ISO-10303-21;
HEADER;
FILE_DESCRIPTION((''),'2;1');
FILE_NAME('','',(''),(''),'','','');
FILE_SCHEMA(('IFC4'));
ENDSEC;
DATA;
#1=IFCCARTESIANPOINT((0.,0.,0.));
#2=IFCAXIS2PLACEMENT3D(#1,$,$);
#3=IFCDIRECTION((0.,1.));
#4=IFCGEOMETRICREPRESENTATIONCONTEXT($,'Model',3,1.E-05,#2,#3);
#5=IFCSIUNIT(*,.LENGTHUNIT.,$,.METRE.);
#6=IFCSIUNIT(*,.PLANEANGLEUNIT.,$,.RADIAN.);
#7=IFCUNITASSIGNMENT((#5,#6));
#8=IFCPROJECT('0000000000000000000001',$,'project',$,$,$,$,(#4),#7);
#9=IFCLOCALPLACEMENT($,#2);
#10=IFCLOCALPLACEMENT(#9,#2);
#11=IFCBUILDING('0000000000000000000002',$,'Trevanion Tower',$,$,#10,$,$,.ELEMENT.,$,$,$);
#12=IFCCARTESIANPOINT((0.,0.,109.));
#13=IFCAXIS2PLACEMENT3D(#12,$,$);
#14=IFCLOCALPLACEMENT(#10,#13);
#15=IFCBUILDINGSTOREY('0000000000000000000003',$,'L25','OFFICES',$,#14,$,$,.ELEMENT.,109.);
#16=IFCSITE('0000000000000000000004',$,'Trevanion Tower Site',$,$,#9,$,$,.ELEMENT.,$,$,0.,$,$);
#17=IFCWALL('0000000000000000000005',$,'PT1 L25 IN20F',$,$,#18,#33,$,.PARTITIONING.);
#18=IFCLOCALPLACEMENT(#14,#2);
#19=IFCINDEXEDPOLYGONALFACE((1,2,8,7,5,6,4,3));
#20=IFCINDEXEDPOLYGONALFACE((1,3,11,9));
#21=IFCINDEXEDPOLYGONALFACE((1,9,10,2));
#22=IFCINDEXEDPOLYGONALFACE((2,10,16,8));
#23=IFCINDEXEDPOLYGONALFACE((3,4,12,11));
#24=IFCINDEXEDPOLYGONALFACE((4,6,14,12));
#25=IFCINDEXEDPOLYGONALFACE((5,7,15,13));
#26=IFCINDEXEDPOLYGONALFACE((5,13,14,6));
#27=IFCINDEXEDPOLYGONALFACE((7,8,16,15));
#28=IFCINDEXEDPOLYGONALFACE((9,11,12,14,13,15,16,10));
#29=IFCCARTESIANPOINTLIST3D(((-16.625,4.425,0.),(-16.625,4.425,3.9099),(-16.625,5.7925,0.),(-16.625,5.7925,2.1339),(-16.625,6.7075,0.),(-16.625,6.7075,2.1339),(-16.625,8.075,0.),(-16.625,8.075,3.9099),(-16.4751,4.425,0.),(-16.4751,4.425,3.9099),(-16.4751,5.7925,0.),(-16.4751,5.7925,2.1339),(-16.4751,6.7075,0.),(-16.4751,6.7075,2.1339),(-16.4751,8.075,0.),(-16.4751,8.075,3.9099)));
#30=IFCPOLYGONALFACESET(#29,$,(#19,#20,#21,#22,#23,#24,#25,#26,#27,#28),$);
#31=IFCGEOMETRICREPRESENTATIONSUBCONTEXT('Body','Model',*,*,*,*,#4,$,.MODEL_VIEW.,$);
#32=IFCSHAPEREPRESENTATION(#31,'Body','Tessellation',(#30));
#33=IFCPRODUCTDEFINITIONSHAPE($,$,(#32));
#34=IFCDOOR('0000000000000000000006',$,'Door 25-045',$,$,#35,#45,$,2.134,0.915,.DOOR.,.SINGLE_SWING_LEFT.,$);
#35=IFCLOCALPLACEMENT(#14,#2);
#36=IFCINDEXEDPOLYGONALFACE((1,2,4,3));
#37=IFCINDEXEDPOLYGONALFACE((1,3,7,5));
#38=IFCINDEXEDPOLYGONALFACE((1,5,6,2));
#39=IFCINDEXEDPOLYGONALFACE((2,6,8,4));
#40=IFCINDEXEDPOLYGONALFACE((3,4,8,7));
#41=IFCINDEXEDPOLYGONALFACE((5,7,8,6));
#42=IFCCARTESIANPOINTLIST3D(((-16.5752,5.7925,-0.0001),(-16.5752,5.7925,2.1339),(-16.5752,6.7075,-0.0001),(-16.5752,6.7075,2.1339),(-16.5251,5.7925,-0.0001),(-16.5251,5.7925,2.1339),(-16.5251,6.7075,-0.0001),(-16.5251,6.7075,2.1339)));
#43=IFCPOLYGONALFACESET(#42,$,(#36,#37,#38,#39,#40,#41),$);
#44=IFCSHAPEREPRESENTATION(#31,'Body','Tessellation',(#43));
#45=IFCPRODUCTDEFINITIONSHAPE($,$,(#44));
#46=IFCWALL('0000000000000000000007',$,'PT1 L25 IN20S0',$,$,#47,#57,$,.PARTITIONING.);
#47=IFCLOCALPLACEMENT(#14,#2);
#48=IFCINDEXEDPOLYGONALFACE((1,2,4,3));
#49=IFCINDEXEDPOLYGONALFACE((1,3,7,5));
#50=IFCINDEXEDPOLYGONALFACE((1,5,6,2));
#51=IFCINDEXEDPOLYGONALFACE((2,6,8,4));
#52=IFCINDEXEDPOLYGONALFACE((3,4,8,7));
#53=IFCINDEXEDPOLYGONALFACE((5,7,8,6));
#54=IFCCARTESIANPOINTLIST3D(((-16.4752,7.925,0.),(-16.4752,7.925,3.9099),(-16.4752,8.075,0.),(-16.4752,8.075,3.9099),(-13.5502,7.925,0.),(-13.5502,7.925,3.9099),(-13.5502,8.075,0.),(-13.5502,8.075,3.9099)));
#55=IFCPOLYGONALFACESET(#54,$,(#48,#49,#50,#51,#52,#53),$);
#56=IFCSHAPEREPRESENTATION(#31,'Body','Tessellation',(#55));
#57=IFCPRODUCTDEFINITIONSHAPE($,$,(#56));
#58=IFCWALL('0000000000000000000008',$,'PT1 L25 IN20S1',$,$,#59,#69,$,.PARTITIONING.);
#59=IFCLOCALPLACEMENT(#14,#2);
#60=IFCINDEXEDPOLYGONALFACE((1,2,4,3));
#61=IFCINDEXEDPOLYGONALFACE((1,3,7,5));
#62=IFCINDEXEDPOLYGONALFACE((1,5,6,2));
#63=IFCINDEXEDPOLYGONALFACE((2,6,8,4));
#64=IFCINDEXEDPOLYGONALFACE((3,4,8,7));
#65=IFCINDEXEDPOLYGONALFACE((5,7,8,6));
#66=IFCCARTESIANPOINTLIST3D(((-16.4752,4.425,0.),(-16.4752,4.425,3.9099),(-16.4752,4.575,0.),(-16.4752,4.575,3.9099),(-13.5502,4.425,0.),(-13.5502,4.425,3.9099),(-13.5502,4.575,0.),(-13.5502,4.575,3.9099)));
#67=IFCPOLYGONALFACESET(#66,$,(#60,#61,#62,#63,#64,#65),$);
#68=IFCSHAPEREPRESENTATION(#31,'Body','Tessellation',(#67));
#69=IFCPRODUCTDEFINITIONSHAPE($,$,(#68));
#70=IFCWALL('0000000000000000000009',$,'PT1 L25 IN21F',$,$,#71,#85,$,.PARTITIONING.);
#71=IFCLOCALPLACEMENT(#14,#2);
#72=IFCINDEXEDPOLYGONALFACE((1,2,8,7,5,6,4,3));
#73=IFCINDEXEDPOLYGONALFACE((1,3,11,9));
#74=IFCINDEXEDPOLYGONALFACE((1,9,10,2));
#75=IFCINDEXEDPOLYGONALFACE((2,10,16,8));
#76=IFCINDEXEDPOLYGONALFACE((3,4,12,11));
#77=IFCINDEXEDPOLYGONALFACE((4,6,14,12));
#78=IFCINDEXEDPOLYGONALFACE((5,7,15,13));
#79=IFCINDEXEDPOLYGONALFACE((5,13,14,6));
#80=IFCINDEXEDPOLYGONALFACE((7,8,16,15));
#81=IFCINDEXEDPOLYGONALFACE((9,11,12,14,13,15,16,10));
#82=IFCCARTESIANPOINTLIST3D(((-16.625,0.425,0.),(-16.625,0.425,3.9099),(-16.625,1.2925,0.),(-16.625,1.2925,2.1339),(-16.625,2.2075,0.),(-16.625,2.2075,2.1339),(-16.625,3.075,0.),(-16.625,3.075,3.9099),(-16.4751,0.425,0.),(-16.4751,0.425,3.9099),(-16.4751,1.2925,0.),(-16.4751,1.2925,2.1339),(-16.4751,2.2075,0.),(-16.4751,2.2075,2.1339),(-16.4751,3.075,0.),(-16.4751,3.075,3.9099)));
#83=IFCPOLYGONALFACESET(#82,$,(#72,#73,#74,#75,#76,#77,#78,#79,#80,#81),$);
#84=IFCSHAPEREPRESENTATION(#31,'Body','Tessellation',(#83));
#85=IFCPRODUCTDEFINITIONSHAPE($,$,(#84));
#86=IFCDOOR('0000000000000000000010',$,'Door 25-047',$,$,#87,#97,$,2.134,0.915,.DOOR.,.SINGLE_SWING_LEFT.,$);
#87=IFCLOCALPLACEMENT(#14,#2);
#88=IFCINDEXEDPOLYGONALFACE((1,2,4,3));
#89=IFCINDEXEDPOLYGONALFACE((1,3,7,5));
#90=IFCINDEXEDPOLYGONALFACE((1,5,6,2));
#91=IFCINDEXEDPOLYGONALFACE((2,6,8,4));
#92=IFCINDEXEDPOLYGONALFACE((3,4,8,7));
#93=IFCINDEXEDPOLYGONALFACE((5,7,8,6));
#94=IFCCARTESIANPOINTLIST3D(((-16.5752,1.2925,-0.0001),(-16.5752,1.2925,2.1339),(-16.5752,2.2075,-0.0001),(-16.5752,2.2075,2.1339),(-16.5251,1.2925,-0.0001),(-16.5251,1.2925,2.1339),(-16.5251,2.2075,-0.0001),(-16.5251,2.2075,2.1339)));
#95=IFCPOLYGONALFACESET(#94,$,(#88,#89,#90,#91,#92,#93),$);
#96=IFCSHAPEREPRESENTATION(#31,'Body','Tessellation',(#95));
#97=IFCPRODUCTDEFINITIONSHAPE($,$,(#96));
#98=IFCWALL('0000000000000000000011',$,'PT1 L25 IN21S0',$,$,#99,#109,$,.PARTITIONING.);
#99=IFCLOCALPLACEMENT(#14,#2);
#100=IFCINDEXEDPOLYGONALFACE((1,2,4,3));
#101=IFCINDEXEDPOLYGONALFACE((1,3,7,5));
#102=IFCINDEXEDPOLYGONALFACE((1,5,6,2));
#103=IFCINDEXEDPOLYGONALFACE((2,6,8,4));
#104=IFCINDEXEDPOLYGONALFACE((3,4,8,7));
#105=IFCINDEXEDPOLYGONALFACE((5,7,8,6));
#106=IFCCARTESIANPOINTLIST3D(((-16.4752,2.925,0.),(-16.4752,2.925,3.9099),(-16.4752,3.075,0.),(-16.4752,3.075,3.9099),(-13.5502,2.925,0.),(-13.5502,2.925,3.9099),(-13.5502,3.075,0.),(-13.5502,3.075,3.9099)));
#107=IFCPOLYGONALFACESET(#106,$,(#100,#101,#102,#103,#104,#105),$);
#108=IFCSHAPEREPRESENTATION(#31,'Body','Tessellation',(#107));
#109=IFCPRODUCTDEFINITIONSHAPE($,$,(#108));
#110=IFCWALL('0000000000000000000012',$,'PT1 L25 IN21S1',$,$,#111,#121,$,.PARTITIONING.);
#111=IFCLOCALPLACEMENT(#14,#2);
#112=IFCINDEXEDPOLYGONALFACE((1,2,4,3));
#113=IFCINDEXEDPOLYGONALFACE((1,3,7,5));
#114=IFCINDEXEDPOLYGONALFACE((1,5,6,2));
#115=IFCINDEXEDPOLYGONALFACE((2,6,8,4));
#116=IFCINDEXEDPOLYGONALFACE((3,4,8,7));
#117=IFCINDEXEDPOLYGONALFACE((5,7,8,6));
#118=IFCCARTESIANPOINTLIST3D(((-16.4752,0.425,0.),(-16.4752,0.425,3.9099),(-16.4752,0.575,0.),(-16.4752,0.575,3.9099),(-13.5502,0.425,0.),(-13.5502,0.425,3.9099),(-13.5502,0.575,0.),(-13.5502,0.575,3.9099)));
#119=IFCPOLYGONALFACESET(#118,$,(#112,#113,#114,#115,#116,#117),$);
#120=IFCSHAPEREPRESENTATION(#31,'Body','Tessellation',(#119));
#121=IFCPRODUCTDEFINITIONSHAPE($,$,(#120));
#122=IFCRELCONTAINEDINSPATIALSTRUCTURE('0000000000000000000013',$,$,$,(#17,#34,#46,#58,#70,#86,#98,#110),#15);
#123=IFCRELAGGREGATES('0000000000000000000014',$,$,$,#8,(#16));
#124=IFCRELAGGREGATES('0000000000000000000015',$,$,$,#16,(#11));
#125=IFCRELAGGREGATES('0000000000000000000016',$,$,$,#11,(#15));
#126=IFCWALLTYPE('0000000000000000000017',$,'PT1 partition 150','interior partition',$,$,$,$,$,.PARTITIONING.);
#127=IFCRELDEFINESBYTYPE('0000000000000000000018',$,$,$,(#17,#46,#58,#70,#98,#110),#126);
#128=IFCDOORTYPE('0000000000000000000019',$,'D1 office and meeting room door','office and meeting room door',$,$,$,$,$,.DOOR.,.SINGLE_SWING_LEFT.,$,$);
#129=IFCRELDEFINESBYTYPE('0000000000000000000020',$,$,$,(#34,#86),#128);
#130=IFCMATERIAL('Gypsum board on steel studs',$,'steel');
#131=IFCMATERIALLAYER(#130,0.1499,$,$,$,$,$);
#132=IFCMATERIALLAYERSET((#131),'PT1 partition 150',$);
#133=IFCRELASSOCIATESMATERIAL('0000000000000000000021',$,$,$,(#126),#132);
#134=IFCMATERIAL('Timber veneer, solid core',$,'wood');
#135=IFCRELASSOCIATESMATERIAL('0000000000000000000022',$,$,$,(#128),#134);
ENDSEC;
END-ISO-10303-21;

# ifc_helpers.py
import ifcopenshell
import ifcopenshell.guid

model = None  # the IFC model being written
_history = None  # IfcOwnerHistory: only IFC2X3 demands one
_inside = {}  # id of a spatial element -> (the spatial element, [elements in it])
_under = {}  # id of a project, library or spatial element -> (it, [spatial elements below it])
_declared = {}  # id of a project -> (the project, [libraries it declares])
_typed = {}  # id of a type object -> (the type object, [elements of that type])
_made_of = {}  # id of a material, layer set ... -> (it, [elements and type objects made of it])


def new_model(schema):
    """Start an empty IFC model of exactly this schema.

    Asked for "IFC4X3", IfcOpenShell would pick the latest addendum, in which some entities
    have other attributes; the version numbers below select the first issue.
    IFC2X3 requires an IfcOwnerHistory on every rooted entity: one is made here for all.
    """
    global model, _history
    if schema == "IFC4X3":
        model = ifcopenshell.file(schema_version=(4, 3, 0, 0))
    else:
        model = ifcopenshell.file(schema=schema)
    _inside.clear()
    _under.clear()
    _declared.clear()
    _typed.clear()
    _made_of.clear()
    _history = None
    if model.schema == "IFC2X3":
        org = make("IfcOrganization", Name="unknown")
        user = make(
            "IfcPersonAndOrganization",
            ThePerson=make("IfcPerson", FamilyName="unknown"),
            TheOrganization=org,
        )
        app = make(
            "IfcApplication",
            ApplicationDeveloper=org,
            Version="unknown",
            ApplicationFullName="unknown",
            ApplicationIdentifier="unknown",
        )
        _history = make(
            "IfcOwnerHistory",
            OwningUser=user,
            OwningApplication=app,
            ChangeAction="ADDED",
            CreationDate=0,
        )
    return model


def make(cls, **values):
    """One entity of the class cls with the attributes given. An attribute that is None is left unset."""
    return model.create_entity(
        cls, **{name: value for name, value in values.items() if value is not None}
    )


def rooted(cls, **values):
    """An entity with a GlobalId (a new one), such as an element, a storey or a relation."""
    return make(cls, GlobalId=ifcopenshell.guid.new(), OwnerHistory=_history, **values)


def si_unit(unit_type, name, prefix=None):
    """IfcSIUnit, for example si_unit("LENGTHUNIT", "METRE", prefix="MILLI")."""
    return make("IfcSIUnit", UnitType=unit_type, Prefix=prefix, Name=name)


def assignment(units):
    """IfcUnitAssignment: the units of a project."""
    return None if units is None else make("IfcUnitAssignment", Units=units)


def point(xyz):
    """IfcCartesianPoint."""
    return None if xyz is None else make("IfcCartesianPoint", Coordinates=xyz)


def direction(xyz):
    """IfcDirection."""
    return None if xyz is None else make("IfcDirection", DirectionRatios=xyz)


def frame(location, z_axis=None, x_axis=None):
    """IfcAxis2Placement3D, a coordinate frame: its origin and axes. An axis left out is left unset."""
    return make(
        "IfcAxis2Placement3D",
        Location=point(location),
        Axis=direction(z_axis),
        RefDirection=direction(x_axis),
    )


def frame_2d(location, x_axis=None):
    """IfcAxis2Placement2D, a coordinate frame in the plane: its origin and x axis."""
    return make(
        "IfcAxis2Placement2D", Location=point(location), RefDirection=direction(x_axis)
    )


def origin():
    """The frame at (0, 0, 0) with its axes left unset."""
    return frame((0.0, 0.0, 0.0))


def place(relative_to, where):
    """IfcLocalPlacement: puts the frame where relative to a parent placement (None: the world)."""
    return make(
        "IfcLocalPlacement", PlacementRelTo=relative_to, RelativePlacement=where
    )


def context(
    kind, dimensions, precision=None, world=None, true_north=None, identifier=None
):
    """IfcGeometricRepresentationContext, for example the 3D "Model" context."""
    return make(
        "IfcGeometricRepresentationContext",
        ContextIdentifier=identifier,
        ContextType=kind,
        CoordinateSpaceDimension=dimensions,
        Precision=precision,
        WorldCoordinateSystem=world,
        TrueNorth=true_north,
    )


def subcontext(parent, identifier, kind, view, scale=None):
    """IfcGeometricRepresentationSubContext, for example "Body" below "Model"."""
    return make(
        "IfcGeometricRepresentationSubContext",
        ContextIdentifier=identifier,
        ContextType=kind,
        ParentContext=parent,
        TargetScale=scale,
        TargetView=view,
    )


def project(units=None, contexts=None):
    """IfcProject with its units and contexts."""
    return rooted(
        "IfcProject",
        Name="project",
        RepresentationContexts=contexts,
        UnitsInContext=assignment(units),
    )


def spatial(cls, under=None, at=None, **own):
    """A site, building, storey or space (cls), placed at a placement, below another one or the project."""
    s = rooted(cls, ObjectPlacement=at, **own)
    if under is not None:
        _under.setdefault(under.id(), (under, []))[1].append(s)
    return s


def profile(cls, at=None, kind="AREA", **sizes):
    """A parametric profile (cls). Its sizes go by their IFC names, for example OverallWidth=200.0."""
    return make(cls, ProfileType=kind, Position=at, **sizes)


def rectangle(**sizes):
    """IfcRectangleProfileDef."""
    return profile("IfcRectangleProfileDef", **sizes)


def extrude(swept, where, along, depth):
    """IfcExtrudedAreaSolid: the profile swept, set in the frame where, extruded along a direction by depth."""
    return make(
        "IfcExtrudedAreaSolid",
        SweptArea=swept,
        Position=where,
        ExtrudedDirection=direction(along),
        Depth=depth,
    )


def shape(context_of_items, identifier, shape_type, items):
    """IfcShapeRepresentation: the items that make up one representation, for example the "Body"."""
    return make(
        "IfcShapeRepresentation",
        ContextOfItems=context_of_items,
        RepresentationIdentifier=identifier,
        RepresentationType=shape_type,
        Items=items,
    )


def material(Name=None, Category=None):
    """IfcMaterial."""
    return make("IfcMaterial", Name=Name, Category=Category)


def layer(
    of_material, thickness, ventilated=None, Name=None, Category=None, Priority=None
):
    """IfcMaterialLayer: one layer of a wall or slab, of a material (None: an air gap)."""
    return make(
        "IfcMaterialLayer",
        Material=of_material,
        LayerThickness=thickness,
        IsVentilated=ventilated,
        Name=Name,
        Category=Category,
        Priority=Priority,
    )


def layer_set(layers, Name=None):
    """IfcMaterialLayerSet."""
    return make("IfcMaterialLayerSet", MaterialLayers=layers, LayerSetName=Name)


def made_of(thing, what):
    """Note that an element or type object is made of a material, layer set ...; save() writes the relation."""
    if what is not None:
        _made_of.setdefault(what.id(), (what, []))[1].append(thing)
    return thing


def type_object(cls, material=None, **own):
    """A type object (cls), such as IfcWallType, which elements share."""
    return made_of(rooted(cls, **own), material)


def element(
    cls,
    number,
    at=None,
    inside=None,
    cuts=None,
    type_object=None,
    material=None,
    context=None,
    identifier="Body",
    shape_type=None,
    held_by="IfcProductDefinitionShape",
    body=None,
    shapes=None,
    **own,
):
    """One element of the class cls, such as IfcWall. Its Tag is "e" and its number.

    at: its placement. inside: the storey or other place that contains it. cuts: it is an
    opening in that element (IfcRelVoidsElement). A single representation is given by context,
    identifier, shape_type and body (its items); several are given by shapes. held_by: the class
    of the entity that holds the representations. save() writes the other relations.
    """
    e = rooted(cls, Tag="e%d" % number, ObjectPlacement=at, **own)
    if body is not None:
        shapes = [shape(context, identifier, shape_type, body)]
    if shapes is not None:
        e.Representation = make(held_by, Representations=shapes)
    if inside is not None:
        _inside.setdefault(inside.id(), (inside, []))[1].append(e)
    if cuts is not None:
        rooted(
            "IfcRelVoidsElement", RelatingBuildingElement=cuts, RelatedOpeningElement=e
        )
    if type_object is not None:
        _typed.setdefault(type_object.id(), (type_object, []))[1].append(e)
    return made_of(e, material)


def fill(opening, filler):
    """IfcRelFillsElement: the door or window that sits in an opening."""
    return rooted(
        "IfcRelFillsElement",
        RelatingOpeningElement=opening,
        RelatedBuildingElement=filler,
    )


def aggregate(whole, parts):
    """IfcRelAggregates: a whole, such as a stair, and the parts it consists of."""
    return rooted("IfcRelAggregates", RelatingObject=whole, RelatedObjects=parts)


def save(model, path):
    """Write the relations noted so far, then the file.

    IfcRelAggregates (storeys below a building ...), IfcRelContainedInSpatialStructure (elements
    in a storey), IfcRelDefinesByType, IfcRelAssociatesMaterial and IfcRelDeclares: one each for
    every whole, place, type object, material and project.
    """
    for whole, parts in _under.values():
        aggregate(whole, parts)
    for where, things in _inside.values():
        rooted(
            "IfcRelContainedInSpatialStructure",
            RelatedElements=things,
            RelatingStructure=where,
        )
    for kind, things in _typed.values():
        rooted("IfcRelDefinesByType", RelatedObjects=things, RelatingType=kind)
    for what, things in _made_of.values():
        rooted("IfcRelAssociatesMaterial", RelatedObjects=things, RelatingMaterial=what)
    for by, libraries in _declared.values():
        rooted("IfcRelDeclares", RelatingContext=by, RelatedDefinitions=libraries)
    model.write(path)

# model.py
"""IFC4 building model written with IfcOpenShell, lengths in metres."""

from ifc_helpers import new_model, si_unit, direction, frame, frame_2d, origin, place, context, subcontext, project, spatial, rectangle, extrude, material, layer, layer_set, type_object, element, fill, save


model = new_model("IFC4")

# Units and contexts
model_context = context("Model", 3, precision=1e-05, world=origin(), true_north=direction((0.0, 1.0)))
body_context = subcontext(model_context, "Body", "Model", "MODEL_VIEW")
ifc_project = project(units=[si_unit("LENGTHUNIT", "METRE"), si_unit("PLANEANGLEUNIT", "RADIAN")], contexts=[model_context])

# Site, building, storey
site_placement = place(None, origin())
site = spatial("IfcSite", under=ifc_project, at=site_placement, Name="Trevanion Tower Site", CompositionType="ELEMENT", RefElevation=0.0)
building_placement = place(site_placement, origin())
building = spatial("IfcBuilding", under=site, at=building_placement, Name="Trevanion Tower", CompositionType="ELEMENT")
storey_placement = place(building_placement, frame((0.0, 0.0, 109.0)))
storey = spatial("IfcBuildingStorey", under=building, at=storey_placement, Name="L25", Description="OFFICES", CompositionType="ELEMENT", Elevation=109.0)

# Shared definitions
ifc_material_1 = material(Name="Gypsum board on steel studs", Category="steel")
ifc_layer_1 = layer(ifc_material_1, 0.1499)
ifc_layer_set_1 = layer_set([ifc_layer_1], Name="PT1 partition 150")
wall_type = type_object("IfcWallType", Name="PT1 partition 150", Description="interior partition", PredefinedType="PARTITIONING", material=ifc_layer_set_1)
ifc_material_2 = material(Name="Timber veneer, solid core", Category="wood")
door_type = type_object("IfcDoorType", Name="D1 office and meeting room door", Description="office and meeting room door", OperationType="SINGLE_SWING_LEFT", PredefinedType="DOOR", material=ifc_material_2)

# Wall, opening, door
wall_1_placement = place(storey_placement, frame((-16.55, 8.075, 0.0), z_axis=(0.0, 0.0, 1.0), x_axis=(0.0, -1.0, 0.0)))
wall_1 = element("IfcWall", 1, at=wall_1_placement, inside=storey, type_object=wall_type, Name="PT1 L25 IN20F", PredefinedType="PARTITIONING", context=body_context, shape_type="SweptSolid", body=[
    extrude(rectangle(XDim=3.6499, YDim=0.1499, at=frame_2d((1.825, 0.0))), origin(), (0.0, 0.0, 1.0), 3.9099),
])
opening_1_placement = place(wall_1_placement, frame((1.3674, 0.0, 0.0)))
opening_1 = element("IfcOpeningElement", 2, at=opening_1_placement, cuts=wall_1, PredefinedType="OPENING", context=body_context, shape_type="SweptSolid", body=[
    extrude(rectangle(XDim=0.915, YDim=2.134, at=frame_2d((0.4575, 1.0669))), frame((0.0, 0.085, 0.0), z_axis=(0.0, -1.0, 0.0), x_axis=(1.0, 0.0, 0.0)), (0.0, 0.0, 1.0), 0.1699),
])
door_1_placement = place(opening_1_placement, origin())
door_1 = element("IfcDoor", 3, at=door_1_placement, inside=storey, type_object=door_type, Name="Door 25-045", OperationType="SINGLE_SWING_LEFT", OverallHeight=2.134, OverallWidth=0.915, PredefinedType="DOOR", context=body_context, shape_type="SweptSolid", body=[
    extrude(rectangle(XDim=0.915, YDim=2.134, at=frame_2d((0.4575, 1.0669))), frame((0.0, 0.0249, 0.0), z_axis=(0.0, -1.0, 0.0), x_axis=(1.0, 0.0, 0.0)), (0.0, 0.0, 1.0), 0.05),
])
fill(opening_1, door_1)

# Walls
for number, where, z_axis, x_axis, name in (
    (4, (-16.4751, 8.0, 0.0), (0.0, 0.0, 1.0), (1.0, 0.0, 0.0), "PT1 L25 IN20S0"),
    (5, (-16.4751, 4.5, 0.0), (0.0, 0.0, 1.0), (1.0, 0.0, 0.0), "PT1 L25 IN20S1"),
):
    element("IfcWall", number, at=place(storey_placement, frame(where, z_axis=z_axis, x_axis=x_axis)), inside=storey, type_object=wall_type, Name=name, PredefinedType="PARTITIONING", context=body_context, shape_type="SweptSolid", body=[
        extrude(rectangle(XDim=2.925, YDim=0.1499, at=frame_2d((1.4624, 0.0))), origin(), (0.0, 0.0, 1.0), 3.9099),
    ])

# Wall, opening, door
wall_2_placement = place(storey_placement, frame((-16.55, 3.075, 0.0), z_axis=(0.0, 0.0, 1.0), x_axis=(0.0, -1.0, 0.0)))
wall_2 = element("IfcWall", 6, at=wall_2_placement, inside=storey, type_object=wall_type, Name="PT1 L25 IN21F", PredefinedType="PARTITIONING", context=body_context, shape_type="SweptSolid", body=[
    extrude(rectangle(XDim=2.6499, YDim=0.1499, at=frame_2d((1.325, 0.0))), origin(), (0.0, 0.0, 1.0), 3.9099),
])
opening_2_placement = place(wall_2_placement, frame((0.8674, 0.0, 0.0)))
opening_2 = element("IfcOpeningElement", 7, at=opening_2_placement, cuts=wall_2, PredefinedType="OPENING", context=body_context, shape_type="SweptSolid", body=[
    extrude(rectangle(XDim=0.915, YDim=2.134, at=frame_2d((0.4575, 1.0669))), frame((0.0, 0.085, 0.0), z_axis=(0.0, -1.0, 0.0), x_axis=(1.0, 0.0, 0.0)), (0.0, 0.0, 1.0), 0.1699),
])
door_2_placement = place(opening_2_placement, origin())
door_2 = element("IfcDoor", 8, at=door_2_placement, inside=storey, type_object=door_type, Name="Door 25-047", OperationType="SINGLE_SWING_LEFT", OverallHeight=2.134, OverallWidth=0.915, PredefinedType="DOOR", context=body_context, shape_type="SweptSolid", body=[
    extrude(rectangle(XDim=0.915, YDim=2.134, at=frame_2d((0.4575, 1.0669))), frame((0.0, 0.0249, 0.0), z_axis=(0.0, -1.0, 0.0), x_axis=(1.0, 0.0, 0.0)), (0.0, 0.0, 1.0), 0.05),
])
fill(opening_2, door_2)

# Walls
for number, where, z_axis, x_axis, name in (
    (9, (-16.4751, 3.0, 0.0), (0.0, 0.0, 1.0), (1.0, 0.0, 0.0), "PT1 L25 IN21S0"),
    (10, (-16.4751, 0.5, 0.0), (0.0, 0.0, 1.0), (1.0, 0.0, 0.0), "PT1 L25 IN21S1"),
):
    element("IfcWall", number, at=place(storey_placement, frame(where, z_axis=z_axis, x_axis=x_axis)), inside=storey, type_object=wall_type, Name=name, PredefinedType="PARTITIONING", context=body_context, shape_type="SweptSolid", body=[
        extrude(rectangle(XDim=2.925, YDim=0.1499, at=frame_2d((1.4624, 0.0))), origin(), (0.0, 0.0, 1.0), 3.9099),
    ])

save(model, "model.ifc")
